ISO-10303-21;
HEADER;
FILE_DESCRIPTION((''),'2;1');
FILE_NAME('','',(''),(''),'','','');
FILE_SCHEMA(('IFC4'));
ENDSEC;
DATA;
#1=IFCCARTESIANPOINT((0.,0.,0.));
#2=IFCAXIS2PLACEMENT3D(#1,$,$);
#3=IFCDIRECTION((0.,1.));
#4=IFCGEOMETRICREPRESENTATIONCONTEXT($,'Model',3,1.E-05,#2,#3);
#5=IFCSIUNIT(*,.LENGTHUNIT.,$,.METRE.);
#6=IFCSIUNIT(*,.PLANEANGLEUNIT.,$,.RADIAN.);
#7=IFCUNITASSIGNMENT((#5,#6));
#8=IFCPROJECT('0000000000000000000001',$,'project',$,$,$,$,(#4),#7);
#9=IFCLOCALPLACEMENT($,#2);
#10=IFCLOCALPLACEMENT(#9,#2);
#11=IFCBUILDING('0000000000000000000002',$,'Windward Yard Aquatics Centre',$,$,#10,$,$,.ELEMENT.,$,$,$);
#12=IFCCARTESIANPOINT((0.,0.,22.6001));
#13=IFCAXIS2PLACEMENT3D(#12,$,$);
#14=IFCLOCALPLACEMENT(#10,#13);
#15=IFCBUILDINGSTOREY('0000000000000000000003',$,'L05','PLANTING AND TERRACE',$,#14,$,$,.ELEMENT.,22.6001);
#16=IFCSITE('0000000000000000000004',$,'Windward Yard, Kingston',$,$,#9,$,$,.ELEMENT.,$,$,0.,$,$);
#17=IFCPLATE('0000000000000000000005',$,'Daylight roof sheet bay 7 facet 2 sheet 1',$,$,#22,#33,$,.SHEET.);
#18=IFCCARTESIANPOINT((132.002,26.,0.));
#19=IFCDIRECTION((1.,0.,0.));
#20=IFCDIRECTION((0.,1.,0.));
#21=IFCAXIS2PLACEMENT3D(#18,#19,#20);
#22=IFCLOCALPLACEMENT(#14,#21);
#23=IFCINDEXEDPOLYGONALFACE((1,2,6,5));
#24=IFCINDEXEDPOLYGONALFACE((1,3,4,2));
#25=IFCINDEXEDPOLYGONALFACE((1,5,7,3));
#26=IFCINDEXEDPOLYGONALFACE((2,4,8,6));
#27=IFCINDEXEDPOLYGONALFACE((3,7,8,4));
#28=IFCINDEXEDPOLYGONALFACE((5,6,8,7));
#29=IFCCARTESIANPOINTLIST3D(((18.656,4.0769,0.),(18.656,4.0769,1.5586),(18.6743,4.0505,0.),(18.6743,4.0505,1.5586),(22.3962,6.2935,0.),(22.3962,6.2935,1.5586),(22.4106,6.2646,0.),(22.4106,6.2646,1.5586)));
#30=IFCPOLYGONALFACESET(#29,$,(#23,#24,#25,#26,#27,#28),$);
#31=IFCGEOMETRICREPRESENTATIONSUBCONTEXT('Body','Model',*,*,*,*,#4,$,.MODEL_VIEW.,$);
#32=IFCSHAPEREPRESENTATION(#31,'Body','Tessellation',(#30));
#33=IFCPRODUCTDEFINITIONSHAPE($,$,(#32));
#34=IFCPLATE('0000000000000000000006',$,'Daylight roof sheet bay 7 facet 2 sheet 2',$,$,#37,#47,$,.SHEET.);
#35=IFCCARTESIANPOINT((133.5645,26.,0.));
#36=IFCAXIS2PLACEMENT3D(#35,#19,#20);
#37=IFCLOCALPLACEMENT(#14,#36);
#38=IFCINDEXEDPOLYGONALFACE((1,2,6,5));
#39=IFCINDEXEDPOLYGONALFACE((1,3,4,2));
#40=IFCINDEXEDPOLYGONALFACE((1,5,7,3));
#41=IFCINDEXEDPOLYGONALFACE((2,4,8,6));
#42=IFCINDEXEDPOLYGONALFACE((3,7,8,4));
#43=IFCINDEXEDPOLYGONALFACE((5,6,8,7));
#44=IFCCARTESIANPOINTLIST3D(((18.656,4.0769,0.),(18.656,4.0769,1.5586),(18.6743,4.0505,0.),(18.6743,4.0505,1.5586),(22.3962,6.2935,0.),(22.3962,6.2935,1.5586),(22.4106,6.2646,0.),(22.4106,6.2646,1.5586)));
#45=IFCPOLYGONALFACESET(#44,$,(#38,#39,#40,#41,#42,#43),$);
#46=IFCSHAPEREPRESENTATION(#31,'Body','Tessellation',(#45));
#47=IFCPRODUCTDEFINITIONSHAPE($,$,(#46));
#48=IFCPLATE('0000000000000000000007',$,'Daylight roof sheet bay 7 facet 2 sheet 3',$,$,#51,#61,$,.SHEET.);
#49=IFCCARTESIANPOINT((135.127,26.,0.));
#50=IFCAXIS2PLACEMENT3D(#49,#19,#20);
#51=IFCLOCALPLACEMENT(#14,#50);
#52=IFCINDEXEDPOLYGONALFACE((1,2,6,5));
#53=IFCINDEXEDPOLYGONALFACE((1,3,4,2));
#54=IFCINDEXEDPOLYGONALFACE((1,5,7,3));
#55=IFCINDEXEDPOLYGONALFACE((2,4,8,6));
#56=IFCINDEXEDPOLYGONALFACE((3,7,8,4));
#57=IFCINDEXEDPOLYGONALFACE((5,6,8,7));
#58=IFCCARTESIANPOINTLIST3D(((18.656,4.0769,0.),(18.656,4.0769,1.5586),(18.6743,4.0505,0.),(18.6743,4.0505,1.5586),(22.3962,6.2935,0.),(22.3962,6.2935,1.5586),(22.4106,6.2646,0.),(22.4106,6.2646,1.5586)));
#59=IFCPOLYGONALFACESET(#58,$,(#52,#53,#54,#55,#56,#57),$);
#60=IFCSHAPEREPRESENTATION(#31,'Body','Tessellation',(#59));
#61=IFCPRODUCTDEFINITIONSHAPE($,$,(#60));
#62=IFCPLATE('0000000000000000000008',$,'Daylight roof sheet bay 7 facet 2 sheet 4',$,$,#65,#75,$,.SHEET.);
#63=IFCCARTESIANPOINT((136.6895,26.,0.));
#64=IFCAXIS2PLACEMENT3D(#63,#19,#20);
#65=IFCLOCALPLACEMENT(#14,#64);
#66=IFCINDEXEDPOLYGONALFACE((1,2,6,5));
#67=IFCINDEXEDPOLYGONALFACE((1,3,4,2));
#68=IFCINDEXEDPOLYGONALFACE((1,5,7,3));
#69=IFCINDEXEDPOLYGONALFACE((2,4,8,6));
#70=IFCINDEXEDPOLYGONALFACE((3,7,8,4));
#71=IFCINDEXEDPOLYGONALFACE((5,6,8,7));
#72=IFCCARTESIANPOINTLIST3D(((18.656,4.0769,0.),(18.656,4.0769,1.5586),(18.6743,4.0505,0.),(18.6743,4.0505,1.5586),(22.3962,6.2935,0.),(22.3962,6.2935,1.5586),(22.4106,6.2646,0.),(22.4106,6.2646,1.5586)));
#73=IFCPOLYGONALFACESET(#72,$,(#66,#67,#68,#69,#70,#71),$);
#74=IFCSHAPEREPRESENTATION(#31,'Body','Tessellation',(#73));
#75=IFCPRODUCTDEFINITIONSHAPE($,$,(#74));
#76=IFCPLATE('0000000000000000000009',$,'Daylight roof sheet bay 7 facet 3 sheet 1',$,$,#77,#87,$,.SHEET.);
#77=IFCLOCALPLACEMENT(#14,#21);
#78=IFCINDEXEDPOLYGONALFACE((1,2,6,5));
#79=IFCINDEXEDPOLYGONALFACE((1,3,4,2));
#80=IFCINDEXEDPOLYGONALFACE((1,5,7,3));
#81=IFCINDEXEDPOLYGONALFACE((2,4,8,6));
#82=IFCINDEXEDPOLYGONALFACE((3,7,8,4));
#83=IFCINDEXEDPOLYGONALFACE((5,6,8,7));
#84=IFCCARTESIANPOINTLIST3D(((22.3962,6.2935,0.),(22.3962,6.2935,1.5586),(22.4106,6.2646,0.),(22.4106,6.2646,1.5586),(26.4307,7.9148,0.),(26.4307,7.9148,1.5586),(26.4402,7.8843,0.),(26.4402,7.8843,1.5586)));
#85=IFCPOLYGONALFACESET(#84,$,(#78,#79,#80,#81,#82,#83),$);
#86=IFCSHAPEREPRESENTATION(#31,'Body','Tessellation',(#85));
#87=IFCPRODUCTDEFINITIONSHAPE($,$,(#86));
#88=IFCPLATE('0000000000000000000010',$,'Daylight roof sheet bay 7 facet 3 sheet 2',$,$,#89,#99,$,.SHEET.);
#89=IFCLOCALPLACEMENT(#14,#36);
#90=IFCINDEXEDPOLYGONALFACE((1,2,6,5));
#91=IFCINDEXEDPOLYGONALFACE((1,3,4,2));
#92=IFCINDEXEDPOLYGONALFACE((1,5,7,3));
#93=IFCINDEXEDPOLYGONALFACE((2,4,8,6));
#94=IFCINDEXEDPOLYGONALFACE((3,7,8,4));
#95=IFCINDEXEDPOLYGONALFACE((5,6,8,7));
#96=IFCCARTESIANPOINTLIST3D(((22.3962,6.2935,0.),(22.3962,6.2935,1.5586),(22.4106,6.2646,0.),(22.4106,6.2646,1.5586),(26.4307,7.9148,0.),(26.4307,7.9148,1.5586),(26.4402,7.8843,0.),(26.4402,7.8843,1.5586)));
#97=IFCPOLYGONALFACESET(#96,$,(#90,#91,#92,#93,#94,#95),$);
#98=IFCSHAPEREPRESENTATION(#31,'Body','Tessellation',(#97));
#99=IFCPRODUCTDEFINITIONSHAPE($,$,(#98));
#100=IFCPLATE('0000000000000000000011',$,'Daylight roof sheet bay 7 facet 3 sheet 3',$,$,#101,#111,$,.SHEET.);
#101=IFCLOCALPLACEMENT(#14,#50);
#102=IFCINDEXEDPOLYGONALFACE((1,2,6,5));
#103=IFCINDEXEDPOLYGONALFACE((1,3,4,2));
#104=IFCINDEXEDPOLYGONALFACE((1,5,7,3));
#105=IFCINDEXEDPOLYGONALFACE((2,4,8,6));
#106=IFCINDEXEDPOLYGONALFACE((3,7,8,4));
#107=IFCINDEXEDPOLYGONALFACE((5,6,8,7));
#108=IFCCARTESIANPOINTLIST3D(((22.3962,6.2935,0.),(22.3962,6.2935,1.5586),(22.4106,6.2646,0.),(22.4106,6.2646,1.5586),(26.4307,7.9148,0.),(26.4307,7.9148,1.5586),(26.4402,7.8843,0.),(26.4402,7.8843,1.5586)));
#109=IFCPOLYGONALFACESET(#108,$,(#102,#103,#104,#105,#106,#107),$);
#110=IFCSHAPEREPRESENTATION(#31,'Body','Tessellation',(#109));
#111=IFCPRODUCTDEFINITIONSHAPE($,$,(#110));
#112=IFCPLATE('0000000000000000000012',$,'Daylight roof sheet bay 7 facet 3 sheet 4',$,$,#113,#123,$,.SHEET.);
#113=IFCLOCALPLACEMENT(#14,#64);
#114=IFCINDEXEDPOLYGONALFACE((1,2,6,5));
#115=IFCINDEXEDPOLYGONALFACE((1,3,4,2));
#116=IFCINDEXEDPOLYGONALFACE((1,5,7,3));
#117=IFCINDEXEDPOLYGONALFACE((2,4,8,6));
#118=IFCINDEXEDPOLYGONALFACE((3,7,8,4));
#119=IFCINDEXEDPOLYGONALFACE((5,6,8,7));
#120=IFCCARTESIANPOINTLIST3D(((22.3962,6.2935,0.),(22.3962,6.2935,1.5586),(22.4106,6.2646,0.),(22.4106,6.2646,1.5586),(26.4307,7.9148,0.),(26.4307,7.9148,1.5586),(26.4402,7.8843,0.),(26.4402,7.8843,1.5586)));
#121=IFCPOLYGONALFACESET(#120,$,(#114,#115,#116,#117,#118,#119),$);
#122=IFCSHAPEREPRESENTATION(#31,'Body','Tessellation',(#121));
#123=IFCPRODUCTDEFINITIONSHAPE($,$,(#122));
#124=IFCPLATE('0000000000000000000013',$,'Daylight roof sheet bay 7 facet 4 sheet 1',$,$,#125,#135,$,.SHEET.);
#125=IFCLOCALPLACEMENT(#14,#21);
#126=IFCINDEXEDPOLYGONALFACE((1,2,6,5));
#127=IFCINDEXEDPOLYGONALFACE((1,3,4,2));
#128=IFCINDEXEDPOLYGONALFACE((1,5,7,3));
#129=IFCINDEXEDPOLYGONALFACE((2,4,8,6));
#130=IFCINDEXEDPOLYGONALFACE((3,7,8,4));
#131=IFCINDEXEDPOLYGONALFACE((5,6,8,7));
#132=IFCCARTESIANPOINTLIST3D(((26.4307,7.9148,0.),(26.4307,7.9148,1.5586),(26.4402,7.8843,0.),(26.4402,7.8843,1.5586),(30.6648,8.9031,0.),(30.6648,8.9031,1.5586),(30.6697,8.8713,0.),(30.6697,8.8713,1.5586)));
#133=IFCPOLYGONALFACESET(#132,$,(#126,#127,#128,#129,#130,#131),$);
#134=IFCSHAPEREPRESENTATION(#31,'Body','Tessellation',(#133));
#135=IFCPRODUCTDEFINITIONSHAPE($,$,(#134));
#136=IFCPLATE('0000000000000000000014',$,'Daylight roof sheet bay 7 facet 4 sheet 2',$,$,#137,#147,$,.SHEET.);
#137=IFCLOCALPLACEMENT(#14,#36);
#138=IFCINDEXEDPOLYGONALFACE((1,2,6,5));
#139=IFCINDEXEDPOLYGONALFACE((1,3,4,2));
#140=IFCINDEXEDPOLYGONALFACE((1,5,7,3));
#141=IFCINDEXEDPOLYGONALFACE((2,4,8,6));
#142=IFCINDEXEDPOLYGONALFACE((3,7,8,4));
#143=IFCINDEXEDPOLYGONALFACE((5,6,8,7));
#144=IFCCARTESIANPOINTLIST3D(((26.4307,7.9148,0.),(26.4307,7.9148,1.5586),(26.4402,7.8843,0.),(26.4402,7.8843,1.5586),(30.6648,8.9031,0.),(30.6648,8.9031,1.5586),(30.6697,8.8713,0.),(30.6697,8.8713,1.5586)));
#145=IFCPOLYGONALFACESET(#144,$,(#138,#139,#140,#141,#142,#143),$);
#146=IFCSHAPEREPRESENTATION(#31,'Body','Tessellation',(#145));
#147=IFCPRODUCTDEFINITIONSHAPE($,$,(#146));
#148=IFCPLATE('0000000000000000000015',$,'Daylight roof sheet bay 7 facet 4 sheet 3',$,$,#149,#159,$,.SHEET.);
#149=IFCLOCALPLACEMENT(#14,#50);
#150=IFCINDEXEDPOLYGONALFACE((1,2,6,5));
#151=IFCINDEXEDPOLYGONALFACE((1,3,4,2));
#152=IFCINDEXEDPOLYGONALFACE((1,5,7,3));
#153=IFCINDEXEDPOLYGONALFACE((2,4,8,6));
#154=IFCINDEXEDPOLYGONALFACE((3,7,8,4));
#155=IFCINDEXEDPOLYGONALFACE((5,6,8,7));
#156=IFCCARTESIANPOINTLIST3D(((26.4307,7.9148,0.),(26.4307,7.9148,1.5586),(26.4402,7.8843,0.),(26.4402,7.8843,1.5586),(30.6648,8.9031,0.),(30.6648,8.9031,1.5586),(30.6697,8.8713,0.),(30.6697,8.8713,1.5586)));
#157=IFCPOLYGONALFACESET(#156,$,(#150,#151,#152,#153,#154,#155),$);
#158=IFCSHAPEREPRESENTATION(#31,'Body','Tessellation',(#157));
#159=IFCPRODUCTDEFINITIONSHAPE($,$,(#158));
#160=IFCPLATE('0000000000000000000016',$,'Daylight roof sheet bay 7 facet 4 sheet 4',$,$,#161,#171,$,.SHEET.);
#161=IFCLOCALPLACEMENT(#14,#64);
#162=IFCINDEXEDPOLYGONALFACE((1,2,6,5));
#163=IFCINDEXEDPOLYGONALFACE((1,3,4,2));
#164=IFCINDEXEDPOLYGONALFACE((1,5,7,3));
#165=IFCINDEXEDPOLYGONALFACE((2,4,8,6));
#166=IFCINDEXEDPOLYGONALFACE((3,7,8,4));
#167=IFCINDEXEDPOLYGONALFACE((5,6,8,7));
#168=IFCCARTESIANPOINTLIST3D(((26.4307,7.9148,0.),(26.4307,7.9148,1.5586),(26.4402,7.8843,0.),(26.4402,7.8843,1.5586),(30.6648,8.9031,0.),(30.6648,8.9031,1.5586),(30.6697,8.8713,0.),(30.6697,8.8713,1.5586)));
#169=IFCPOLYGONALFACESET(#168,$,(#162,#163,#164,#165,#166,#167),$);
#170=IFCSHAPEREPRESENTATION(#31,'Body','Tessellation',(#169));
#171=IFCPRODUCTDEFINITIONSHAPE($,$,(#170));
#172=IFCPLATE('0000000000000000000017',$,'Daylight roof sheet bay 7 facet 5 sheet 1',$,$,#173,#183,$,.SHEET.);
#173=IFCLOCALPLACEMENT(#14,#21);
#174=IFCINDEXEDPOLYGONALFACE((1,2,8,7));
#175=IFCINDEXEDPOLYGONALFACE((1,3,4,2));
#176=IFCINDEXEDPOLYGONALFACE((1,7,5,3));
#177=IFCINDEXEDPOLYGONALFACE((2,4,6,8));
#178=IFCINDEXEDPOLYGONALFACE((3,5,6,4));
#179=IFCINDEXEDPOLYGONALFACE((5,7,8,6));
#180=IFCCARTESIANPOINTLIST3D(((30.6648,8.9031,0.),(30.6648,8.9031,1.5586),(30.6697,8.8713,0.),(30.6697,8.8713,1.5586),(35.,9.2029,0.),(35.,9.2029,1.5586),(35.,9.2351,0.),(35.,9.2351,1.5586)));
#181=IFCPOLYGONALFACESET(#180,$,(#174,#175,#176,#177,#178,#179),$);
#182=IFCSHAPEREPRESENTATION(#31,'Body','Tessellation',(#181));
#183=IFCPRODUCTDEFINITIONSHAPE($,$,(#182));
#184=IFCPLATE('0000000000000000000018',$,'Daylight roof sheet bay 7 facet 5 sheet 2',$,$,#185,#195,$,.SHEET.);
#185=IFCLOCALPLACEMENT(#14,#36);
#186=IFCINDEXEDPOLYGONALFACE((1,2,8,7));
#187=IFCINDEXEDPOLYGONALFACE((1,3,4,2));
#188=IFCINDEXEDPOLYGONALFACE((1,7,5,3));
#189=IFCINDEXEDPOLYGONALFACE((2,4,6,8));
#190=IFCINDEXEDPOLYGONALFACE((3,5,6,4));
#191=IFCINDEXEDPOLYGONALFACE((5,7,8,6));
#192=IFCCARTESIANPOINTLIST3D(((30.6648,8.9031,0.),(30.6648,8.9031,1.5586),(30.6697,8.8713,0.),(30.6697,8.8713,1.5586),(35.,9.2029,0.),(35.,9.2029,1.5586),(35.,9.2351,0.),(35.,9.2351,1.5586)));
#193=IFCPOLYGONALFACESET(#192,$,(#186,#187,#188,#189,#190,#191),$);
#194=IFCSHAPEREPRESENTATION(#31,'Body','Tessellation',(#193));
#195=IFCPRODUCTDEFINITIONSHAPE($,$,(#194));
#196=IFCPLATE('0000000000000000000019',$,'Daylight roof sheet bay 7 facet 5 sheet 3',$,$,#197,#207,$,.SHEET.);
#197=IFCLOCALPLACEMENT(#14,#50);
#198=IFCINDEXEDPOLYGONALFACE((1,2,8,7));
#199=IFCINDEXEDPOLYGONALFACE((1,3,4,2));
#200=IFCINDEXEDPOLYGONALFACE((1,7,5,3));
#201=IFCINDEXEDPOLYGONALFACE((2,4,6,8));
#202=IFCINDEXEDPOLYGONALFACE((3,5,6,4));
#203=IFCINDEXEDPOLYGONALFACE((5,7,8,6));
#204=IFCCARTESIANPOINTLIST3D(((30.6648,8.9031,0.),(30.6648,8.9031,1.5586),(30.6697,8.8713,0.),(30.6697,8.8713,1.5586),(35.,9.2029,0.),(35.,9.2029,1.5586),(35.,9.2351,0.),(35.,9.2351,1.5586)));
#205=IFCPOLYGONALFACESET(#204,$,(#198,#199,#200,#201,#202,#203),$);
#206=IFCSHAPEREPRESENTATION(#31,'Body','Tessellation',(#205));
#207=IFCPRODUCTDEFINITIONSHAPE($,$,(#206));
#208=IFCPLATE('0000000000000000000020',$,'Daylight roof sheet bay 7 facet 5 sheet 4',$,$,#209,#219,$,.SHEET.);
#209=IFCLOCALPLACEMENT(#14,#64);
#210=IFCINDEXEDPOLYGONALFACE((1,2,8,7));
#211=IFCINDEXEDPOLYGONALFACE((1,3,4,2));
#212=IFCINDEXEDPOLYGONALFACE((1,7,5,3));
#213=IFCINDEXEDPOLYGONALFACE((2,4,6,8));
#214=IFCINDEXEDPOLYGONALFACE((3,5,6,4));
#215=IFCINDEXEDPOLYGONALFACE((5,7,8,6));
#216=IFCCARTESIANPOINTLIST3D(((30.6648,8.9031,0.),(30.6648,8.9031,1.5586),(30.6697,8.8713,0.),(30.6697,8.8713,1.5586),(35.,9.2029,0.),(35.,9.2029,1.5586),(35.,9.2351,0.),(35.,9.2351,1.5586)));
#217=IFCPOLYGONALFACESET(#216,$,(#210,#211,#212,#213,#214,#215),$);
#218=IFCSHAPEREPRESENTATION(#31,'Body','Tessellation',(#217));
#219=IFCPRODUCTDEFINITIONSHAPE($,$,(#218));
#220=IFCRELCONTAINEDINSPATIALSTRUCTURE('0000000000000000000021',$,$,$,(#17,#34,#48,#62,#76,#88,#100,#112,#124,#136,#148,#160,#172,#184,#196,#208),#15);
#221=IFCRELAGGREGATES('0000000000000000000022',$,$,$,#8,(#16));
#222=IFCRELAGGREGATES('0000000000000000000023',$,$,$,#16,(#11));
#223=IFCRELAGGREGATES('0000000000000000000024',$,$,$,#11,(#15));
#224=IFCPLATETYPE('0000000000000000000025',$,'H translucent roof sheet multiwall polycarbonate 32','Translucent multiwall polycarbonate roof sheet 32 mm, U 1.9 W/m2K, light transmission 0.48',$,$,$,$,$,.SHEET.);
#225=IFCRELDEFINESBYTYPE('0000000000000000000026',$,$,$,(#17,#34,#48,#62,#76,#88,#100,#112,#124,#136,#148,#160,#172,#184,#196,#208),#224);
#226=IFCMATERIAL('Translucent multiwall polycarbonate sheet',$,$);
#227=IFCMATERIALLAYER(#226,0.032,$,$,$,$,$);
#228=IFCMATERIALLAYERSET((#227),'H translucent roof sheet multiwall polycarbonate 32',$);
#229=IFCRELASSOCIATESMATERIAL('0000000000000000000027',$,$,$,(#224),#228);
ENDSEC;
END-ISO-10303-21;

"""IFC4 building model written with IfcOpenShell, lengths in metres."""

from ifc_helpers import new_model, si_unit, direction, frame, origin, place, context, subcontext, project, spatial, polyline, outline, extrude, material, layer, layer_set, type_object, element, save


model = new_model("IFC4")

# Units and contexts
model_context = context("Model", 3, precision=1e-05, world=origin(), true_north=direction((0.0, 1.0)))
body_context = subcontext(model_context, "Body", "Model", "MODEL_VIEW")
ifc_project = project(units=[si_unit("LENGTHUNIT", "METRE"), si_unit("PLANEANGLEUNIT", "RADIAN")], contexts=[model_context])

# Site, building, storey
site_placement = place(None, origin())
site = spatial("IfcSite", under=ifc_project, at=site_placement, Name="Windward Yard, Kingston", CompositionType="ELEMENT", RefElevation=0.0)
building_placement = place(site_placement, origin())
building = spatial("IfcBuilding", under=site, at=building_placement, Name="Windward Yard Aquatics Centre", CompositionType="ELEMENT")
storey_placement = place(building_placement, frame((0.0, 0.0, 22.6001)))
storey = spatial("IfcBuildingStorey", under=building, at=storey_placement, Name="L05", Description="PLANTING AND TERRACE", CompositionType="ELEMENT", Elevation=22.6001)

# Plates
ifc_material = material(Name="Translucent multiwall polycarbonate sheet")
ifc_layer = layer(ifc_material, 0.032)
ifc_layer_set = layer_set([ifc_layer], Name="H translucent roof sheet multiwall polycarbonate 32")
plate_type = type_object("IfcPlateType", Name="H translucent roof sheet multiwall polycarbonate 32", Description="Translucent multiwall polycarbonate roof sheet 32 mm, U 1.9 W/m2K, light transmission 0.48", PredefinedType="SHEET", material=ifc_layer_set)
for number, where, z_axis, x_axis, name in (
    (1, (132.002, 26.0, 0.0), (1.0, 0.0, 0.0), (0.0, 1.0, 0.0), "Daylight roof sheet bay 7 facet 2 sheet 1"),
    (2, (133.5645, 26.0, 0.0), (1.0, 0.0, 0.0), (0.0, 1.0, 0.0), "Daylight roof sheet bay 7 facet 2 sheet 2"),
    (3, (135.127, 26.0, 0.0), (1.0, 0.0, 0.0), (0.0, 1.0, 0.0), "Daylight roof sheet bay 7 facet 2 sheet 3"),
    (4, (136.6895, 26.0, 0.0), (1.0, 0.0, 0.0), (0.0, 1.0, 0.0), "Daylight roof sheet bay 7 facet 2 sheet 4"),
):
    element("IfcPlate", number, at=place(storey_placement, frame(where, z_axis=z_axis, x_axis=x_axis)), inside=storey, type_object=plate_type, Name=name, PredefinedType="SHEET", context=body_context, shape_type="SweptSolid", body=[
        extrude(outline(polyline([(18.6743, 4.0505), (22.4106, 6.2646), (22.3962, 6.2935), (18.656, 4.0769), (18.6743, 4.0505)])), origin(), (0.0, 0.0, 1.0), 1.5586),
    ])
for number, where, z_axis, x_axis, name in (
    (5, (132.002, 26.0, 0.0), (1.0, 0.0, 0.0), (0.0, 1.0, 0.0), "Daylight roof sheet bay 7 facet 3 sheet 1"),
    (6, (133.5645, 26.0, 0.0), (1.0, 0.0, 0.0), (0.0, 1.0, 0.0), "Daylight roof sheet bay 7 facet 3 sheet 2"),
    (7, (135.127, 26.0, 0.0), (1.0, 0.0, 0.0), (0.0, 1.0, 0.0), "Daylight roof sheet bay 7 facet 3 sheet 3"),
    (8, (136.6895, 26.0, 0.0), (1.0, 0.0, 0.0), (0.0, 1.0, 0.0), "Daylight roof sheet bay 7 facet 3 sheet 4"),
):
    element("IfcPlate", number, at=place(storey_placement, frame(where, z_axis=z_axis, x_axis=x_axis)), inside=storey, type_object=plate_type, Name=name, PredefinedType="SHEET", context=body_context, shape_type="SweptSolid", body=[
        extrude(outline(polyline([(22.4106, 6.2646), (26.4402, 7.8843), (26.4307, 7.9148), (22.3962, 6.2935), (22.4106, 6.2646)])), origin(), (0.0, 0.0, 1.0), 1.5586),
    ])
for number, where, z_axis, x_axis, name in (
    (9, (132.002, 26.0, 0.0), (1.0, 0.0, 0.0), (0.0, 1.0, 0.0), "Daylight roof sheet bay 7 facet 4 sheet 1"),
    (10, (133.5645, 26.0, 0.0), (1.0, 0.0, 0.0), (0.0, 1.0, 0.0), "Daylight roof sheet bay 7 facet 4 sheet 2"),
    (11, (135.127, 26.0, 0.0), (1.0, 0.0, 0.0), (0.0, 1.0, 0.0), "Daylight roof sheet bay 7 facet 4 sheet 3"),
    (12, (136.6895, 26.0, 0.0), (1.0, 0.0, 0.0), (0.0, 1.0, 0.0), "Daylight roof sheet bay 7 facet 4 sheet 4"),
):
    element("IfcPlate", number, at=place(storey_placement, frame(where, z_axis=z_axis, x_axis=x_axis)), inside=storey, type_object=plate_type, Name=name, PredefinedType="SHEET", context=body_context, shape_type="SweptSolid", body=[
        extrude(outline(polyline([(26.4402, 7.8843), (30.6697, 8.8713), (30.6648, 8.9031), (26.4307, 7.9148), (26.4402, 7.8843)])), origin(), (0.0, 0.0, 1.0), 1.5586),
    ])
for number, where, z_axis, x_axis, name in (
    (13, (132.002, 26.0, 0.0), (1.0, 0.0, 0.0), (0.0, 1.0, 0.0), "Daylight roof sheet bay 7 facet 5 sheet 1"),
    (14, (133.5645, 26.0, 0.0), (1.0, 0.0, 0.0), (0.0, 1.0, 0.0), "Daylight roof sheet bay 7 facet 5 sheet 2"),
    (15, (135.127, 26.0, 0.0), (1.0, 0.0, 0.0), (0.0, 1.0, 0.0), "Daylight roof sheet bay 7 facet 5 sheet 3"),
    (16, (136.6895, 26.0, 0.0), (1.0, 0.0, 0.0), (0.0, 1.0, 0.0), "Daylight roof sheet bay 7 facet 5 sheet 4"),
):
    element("IfcPlate", number, at=place(storey_placement, frame(where, z_axis=z_axis, x_axis=x_axis)), inside=storey, type_object=plate_type, Name=name, PredefinedType="SHEET", context=body_context, shape_type="SweptSolid", body=[
        extrude(outline(polyline([(30.6697, 8.8713), (35.0, 9.2029), (35.0, 9.2351), (30.6648, 8.9031), (30.6697, 8.8713)])), origin(), (0.0, 0.0, 1.0), 1.5586),
    ])

save(model, "model.ifc")
